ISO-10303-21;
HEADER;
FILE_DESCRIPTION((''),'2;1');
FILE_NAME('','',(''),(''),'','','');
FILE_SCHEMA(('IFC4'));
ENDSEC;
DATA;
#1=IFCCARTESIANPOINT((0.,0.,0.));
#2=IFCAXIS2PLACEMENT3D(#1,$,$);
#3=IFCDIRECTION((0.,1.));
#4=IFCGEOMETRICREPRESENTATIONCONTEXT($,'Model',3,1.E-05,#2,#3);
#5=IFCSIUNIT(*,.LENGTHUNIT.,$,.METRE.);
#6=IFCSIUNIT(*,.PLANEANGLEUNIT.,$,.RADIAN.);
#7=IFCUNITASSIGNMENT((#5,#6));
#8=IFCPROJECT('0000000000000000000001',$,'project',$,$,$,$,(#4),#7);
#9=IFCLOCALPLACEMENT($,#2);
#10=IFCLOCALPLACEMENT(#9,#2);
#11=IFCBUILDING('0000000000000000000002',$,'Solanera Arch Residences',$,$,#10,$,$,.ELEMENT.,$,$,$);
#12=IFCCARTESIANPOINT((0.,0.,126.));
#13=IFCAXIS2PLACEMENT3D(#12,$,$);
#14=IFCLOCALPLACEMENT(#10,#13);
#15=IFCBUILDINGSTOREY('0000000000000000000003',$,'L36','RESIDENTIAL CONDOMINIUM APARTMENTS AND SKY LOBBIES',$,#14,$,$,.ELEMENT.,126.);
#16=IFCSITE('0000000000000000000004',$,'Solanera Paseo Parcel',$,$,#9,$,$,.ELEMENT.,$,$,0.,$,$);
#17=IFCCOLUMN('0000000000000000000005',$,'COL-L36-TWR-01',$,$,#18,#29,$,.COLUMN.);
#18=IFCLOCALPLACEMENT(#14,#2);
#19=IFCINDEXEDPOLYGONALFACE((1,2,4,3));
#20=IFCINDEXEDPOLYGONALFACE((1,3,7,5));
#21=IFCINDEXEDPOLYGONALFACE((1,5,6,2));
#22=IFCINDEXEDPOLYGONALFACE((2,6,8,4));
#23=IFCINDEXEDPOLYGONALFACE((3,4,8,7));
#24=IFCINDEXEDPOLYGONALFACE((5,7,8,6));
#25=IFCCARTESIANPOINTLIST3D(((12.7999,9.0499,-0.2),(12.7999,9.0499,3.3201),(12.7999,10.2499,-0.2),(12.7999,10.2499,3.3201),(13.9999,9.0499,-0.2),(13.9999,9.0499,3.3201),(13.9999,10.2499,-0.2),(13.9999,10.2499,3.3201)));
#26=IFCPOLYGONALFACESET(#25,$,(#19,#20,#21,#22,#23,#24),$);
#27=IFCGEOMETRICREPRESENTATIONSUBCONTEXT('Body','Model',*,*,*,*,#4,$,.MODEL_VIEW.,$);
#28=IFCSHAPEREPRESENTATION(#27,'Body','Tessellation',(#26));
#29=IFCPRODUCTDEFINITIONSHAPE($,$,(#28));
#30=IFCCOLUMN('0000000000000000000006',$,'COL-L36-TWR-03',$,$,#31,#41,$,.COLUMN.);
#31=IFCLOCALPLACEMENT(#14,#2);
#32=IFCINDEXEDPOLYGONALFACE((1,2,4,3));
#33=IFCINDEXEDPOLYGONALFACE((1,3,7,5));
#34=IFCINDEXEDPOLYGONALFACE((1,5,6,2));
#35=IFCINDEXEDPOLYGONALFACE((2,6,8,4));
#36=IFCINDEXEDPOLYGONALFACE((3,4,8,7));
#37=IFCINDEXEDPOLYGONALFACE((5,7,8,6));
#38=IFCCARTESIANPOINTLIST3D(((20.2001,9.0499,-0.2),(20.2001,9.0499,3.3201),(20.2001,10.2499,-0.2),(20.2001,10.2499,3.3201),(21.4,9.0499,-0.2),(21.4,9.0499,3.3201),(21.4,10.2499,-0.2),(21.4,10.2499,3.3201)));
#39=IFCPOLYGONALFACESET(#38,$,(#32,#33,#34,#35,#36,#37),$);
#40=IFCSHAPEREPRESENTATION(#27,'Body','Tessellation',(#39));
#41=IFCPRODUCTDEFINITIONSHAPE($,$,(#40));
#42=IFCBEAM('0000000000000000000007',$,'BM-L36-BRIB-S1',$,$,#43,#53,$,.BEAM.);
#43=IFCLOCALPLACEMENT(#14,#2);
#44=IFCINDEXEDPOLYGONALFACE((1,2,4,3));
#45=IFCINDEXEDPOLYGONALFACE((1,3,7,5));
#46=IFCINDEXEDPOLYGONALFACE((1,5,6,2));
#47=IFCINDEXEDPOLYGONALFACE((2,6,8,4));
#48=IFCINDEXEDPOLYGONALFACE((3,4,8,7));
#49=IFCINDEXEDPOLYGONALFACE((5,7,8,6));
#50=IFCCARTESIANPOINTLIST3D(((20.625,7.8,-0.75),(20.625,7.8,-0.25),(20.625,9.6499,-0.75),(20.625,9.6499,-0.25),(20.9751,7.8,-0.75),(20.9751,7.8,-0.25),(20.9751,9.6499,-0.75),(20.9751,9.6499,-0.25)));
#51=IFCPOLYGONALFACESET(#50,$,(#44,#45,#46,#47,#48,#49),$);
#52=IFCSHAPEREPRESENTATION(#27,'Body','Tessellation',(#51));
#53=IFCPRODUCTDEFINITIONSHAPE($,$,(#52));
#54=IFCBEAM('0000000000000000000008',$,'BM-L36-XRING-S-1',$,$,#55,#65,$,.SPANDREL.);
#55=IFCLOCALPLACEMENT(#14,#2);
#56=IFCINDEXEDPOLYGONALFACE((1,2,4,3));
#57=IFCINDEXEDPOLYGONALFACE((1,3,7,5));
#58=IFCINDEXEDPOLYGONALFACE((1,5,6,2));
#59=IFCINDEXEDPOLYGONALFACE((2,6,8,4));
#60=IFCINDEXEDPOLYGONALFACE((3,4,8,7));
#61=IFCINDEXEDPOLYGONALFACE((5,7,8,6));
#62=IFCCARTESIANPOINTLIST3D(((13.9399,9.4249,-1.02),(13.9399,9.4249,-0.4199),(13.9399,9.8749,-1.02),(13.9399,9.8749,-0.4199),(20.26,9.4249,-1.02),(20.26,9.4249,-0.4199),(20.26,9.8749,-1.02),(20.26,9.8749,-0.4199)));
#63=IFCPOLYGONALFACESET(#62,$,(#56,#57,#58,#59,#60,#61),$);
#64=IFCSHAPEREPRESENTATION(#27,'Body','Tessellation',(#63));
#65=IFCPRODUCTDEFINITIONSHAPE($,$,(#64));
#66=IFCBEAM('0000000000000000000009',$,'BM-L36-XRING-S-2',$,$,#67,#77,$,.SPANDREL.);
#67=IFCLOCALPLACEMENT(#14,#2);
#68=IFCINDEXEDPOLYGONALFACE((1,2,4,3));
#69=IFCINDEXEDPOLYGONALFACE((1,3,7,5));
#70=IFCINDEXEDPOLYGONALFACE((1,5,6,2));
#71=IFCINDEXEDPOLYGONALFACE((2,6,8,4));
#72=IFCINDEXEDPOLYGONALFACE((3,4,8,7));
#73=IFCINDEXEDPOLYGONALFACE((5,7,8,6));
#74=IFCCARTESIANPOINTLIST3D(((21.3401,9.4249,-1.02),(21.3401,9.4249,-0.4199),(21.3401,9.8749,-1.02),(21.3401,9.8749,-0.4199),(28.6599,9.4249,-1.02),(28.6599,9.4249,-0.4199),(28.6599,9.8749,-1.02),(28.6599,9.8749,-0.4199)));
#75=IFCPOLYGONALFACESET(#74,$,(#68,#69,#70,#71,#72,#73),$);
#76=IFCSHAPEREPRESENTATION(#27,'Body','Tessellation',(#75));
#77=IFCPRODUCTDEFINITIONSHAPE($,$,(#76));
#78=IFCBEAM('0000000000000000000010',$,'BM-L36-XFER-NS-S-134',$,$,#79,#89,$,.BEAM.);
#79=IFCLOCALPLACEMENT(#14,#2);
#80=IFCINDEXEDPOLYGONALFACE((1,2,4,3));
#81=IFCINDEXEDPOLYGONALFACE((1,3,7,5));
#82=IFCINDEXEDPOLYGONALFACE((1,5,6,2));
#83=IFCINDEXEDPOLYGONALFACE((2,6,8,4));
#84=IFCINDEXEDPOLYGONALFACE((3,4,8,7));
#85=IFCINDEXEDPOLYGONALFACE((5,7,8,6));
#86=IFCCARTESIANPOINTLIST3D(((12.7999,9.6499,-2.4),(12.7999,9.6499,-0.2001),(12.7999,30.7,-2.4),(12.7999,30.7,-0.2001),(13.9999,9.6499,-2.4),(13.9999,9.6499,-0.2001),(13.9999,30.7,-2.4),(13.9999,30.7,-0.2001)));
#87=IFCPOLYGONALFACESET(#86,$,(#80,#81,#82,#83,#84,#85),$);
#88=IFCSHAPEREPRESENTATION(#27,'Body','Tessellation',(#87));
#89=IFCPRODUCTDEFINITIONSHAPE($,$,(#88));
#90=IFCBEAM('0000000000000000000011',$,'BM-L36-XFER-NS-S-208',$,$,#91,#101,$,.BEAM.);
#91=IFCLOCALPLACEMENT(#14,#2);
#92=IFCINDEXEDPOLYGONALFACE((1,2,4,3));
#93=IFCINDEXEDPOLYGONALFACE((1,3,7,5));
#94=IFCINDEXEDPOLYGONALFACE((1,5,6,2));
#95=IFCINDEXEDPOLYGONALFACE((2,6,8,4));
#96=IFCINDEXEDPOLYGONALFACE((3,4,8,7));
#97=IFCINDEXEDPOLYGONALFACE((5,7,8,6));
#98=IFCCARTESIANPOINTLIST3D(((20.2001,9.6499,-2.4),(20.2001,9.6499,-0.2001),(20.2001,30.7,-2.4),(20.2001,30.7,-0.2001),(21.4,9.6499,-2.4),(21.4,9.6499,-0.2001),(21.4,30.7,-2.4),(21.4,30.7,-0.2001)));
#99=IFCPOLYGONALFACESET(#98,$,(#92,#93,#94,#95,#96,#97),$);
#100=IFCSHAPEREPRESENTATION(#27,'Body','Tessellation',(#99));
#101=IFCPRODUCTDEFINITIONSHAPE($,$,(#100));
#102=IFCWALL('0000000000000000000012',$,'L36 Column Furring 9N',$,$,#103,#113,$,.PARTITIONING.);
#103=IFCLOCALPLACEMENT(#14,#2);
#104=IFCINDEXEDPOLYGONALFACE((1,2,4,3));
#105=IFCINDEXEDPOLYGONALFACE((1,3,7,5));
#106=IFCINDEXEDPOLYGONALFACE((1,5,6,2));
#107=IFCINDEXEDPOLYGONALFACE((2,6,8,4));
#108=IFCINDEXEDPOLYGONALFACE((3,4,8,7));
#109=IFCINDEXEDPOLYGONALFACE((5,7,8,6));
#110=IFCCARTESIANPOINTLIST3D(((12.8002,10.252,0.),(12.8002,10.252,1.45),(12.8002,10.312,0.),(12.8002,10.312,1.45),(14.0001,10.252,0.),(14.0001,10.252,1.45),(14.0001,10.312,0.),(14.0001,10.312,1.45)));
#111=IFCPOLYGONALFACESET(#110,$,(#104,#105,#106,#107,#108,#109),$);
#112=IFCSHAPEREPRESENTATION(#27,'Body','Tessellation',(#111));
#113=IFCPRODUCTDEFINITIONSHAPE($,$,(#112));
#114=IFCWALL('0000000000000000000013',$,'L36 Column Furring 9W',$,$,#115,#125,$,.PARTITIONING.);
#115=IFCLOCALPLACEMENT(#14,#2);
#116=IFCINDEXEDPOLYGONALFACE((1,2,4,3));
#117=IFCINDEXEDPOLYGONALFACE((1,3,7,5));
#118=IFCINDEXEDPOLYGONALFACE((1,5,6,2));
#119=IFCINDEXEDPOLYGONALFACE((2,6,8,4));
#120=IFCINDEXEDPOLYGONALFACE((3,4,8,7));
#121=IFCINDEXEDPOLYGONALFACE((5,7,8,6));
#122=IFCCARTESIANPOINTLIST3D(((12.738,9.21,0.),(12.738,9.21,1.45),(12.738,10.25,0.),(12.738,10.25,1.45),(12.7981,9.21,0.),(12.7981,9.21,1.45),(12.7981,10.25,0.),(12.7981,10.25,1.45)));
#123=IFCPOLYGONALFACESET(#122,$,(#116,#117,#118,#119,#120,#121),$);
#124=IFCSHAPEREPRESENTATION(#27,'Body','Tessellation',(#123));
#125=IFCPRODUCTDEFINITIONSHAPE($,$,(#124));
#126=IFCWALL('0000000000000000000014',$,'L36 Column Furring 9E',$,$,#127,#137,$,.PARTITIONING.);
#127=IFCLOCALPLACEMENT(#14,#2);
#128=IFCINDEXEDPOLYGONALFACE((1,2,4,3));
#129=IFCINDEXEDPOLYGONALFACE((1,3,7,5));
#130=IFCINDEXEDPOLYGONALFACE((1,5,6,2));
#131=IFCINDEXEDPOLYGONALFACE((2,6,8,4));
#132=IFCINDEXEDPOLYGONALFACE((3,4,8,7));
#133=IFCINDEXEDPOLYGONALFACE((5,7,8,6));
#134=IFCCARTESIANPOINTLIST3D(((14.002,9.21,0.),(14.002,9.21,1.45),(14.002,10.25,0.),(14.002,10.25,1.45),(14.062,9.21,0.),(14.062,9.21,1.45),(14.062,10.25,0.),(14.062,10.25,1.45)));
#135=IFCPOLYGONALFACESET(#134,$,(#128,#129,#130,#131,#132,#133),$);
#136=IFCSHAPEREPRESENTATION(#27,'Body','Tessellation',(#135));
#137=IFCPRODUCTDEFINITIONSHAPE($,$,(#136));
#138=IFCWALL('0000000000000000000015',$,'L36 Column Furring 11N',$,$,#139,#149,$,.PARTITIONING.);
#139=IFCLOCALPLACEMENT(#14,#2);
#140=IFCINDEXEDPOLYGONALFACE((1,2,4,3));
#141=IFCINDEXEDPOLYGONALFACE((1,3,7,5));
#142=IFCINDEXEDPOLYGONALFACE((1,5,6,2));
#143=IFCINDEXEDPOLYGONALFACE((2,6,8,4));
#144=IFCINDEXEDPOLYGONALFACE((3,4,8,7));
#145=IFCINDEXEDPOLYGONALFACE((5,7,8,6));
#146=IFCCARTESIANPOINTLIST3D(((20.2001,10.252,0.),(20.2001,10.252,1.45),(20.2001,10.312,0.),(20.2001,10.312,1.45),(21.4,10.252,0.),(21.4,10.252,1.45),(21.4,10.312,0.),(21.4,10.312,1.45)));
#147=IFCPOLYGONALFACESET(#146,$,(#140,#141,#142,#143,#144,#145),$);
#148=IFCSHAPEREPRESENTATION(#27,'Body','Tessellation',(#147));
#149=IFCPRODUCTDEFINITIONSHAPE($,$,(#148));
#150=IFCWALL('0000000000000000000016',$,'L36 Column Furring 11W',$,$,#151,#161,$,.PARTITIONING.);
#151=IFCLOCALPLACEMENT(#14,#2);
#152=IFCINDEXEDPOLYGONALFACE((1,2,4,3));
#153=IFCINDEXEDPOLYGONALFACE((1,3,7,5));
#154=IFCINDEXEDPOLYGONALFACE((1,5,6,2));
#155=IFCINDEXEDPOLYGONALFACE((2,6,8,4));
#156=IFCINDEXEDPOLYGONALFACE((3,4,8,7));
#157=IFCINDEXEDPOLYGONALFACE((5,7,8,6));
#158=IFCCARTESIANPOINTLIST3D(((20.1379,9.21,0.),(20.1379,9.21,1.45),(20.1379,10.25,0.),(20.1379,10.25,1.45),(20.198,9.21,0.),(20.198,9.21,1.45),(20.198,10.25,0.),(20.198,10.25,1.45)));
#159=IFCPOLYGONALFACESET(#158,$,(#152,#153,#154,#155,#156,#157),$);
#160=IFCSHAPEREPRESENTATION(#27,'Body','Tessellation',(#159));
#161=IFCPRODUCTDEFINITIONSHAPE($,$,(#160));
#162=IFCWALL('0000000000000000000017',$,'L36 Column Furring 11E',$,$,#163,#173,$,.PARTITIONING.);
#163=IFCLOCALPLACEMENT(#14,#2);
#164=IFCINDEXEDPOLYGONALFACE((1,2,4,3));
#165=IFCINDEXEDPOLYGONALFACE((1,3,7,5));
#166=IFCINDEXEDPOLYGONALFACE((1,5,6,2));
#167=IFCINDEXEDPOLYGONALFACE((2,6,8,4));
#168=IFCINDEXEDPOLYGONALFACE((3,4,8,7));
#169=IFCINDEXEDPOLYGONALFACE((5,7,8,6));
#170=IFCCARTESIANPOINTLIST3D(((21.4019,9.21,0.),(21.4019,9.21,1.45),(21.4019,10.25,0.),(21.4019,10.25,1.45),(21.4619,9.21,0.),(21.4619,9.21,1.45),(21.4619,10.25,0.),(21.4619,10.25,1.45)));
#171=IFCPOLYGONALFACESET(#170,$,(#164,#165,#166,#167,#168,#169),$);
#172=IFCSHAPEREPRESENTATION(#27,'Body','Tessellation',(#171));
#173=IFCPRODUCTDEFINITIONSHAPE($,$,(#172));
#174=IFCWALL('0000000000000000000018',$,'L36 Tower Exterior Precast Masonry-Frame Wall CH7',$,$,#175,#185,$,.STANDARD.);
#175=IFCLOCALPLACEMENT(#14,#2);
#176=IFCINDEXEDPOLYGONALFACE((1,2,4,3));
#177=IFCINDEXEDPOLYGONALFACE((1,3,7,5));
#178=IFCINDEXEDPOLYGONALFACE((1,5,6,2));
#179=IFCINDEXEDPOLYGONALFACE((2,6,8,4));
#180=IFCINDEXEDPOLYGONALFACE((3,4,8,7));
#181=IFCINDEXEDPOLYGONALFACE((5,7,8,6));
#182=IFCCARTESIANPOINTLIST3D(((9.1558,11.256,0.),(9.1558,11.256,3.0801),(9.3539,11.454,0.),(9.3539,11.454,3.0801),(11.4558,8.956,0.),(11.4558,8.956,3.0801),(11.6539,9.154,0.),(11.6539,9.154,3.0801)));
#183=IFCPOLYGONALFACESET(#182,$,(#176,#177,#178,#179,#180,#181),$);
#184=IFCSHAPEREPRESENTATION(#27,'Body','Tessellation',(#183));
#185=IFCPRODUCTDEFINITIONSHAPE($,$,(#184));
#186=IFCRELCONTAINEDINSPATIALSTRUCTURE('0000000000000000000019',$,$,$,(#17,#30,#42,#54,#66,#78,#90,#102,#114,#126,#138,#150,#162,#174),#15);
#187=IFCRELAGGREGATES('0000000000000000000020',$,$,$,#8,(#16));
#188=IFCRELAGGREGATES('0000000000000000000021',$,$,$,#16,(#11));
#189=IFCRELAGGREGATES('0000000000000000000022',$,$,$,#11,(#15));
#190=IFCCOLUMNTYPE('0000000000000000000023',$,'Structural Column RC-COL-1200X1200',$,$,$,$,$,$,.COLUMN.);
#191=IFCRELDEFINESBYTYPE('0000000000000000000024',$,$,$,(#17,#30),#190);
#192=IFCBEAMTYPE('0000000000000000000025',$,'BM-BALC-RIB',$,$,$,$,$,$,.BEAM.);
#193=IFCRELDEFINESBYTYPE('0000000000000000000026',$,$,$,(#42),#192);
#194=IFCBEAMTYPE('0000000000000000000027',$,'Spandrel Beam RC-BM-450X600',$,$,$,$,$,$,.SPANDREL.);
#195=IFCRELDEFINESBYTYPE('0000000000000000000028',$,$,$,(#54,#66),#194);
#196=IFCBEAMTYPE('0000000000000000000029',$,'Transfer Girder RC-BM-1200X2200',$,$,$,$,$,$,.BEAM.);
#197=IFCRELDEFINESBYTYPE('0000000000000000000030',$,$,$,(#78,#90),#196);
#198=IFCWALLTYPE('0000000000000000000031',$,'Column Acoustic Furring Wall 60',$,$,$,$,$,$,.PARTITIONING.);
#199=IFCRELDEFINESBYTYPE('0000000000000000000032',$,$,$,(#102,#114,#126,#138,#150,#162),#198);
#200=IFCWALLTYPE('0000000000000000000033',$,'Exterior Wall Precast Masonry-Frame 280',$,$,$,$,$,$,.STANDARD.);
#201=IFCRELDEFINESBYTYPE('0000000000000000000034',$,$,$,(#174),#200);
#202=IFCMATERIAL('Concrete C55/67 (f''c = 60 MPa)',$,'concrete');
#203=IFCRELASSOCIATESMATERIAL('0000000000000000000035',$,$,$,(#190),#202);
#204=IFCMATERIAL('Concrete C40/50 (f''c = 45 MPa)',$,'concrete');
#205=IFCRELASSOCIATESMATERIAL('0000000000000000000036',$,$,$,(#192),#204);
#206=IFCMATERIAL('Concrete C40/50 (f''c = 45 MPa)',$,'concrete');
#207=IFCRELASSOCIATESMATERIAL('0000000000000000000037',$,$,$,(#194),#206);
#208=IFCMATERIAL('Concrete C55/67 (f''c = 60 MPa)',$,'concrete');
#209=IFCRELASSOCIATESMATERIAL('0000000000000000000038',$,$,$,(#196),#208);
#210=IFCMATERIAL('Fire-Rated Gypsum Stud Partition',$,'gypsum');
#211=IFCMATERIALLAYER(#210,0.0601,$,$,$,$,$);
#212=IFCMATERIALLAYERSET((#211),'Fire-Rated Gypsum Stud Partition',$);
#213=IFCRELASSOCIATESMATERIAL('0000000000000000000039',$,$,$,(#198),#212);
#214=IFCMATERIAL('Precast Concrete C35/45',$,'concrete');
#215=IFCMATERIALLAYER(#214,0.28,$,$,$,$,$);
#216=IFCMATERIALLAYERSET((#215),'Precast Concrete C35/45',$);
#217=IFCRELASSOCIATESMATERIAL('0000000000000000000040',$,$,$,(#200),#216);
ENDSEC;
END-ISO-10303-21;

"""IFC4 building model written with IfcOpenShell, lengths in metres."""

from ifc_helpers import new_model, si_unit, direction, frame, frame_2d, origin, origin_2d, place, context, subcontext, project, spatial, rectangle, extrude, material, layer, layer_set, material_profile, profile_set, type_object, element, save


model = new_model("IFC4")

# Units and contexts
model_context = context("Model", 3, precision=1e-05, world=origin(), true_north=direction((0.0, 1.0)))
body_context = subcontext(model_context, "Body", "Model", "MODEL_VIEW")
ifc_project = project(units=[si_unit("LENGTHUNIT", "METRE"), si_unit("PLANEANGLEUNIT", "RADIAN")], contexts=[model_context])

# Site, building, storey
site_placement = place(None, origin())
site = spatial("IfcSite", under=ifc_project, at=site_placement, Name="Solanera Paseo Parcel", CompositionType="ELEMENT", RefElevation=0.0)
building_placement = place(site_placement, origin())
building = spatial("IfcBuilding", under=site, at=building_placement, Name="Solanera Arch Residences", CompositionType="ELEMENT")
storey_placement = place(building_placement, frame((0.0, 0.0, 126.0)))
storey = spatial("IfcBuildingStorey", under=building, at=storey_placement, Name="L36", Description="RESIDENTIAL CONDOMINIUM APARTMENTS AND SKY LOBBIES", CompositionType="ELEMENT", Elevation=126.0)

# Columns
ifc_material_1 = material(Name="Concrete C55/67 (f'c = 60 MPa)", Category="concrete")
ifc_material_profile_1 = material_profile(ifc_material_1, rectangle(XDim=1.2, YDim=1.2, at=origin_2d()))
ifc_profile_set_1 = profile_set([ifc_material_profile_1], Name="Concrete C55/67 (f'c = 60 MPa)")
column_type = type_object("IfcColumnType", Name="Structural Column RC-COL-1200X1200", PredefinedType="COLUMN", material=ifc_profile_set_1)
for number, where, z_axis, x_axis, name in (
    (1, (13.3999, 9.6499, -0.2), (0.0, 0.0, 1.0), (1.0, 0.0, 0.0), "COL-L36-TWR-01"),
    (2, (20.8, 9.6499, -0.2), (0.0, 0.0, 1.0), (1.0, 0.0, 0.0), "COL-L36-TWR-03"),
):
    element("IfcColumn", number, at=place(storey_placement, frame(where, z_axis=z_axis, x_axis=x_axis)), inside=storey, type_object=column_type, Name=name, PredefinedType="COLUMN", context=body_context, shape_type="SweptSolid", body=[
        extrude(rectangle(XDim=1.2, YDim=1.2, at=origin_2d()), origin(), (0.0, 0.0, 1.0), 3.52),
    ])

# Beams
ifc_material_2 = material(Name="Concrete C40/50 (f'c = 45 MPa)", Category="concrete")
ifc_material_profile_2 = material_profile(ifc_material_2, rectangle(XDim=0.3501, YDim=0.5, at=origin_2d()))
ifc_profile_set_2 = profile_set([ifc_material_profile_2], Name="Concrete C40/50 (f'c = 45 MPa)")
beam_type_1 = type_object("IfcBeamType", Name="BM-BALC-RIB", PredefinedType="BEAM", material=ifc_profile_set_2)
beam_1_placement = place(storey_placement, frame((20.8, 7.8, -0.5), z_axis=(0.0, 1.0, 0.0), x_axis=(-1.0, 0.0, 0.0)))
element("IfcBeam", 3, at=beam_1_placement, inside=storey, type_object=beam_type_1, Name="BM-L36-BRIB-S1", PredefinedType="BEAM", context=body_context, shape_type="SweptSolid", body=[
    extrude(rectangle(XDim=0.3501, YDim=0.5, at=origin_2d()), origin(), (0.0, 0.0, 1.0), 1.8499),
])
ifc_material_3 = material(Name="Concrete C40/50 (f'c = 45 MPa)", Category="concrete")
ifc_material_profile_3 = material_profile(ifc_material_3, rectangle(XDim=0.45, YDim=0.6001, at=origin_2d()))
ifc_profile_set_3 = profile_set([ifc_material_profile_3], Name="Concrete C40/50 (f'c = 45 MPa)")
beam_type_2 = type_object("IfcBeamType", Name="Spandrel Beam RC-BM-450X600", PredefinedType="SPANDREL", material=ifc_profile_set_3)
beam_2_placement = place(storey_placement, frame((13.9399, 9.6499, -0.72), z_axis=(1.0, 0.0, 0.0), x_axis=(0.0, 1.0, 0.0)))
element("IfcBeam", 4, at=beam_2_placement, inside=storey, type_object=beam_type_2, Name="BM-L36-XRING-S-1", PredefinedType="SPANDREL", context=body_context, shape_type="SweptSolid", body=[
    extrude(rectangle(XDim=0.45, YDim=0.6001, at=origin_2d()), origin(), (0.0, 0.0, 1.0), 6.3201),
])
beam_3_placement = place(storey_placement, frame((21.3401, 9.6499, -0.72), z_axis=(1.0, 0.0, 0.0), x_axis=(0.0, 1.0, 0.0)))
element("IfcBeam", 5, at=beam_3_placement, inside=storey, type_object=beam_type_2, Name="BM-L36-XRING-S-2", PredefinedType="SPANDREL", context=body_context, shape_type="SweptSolid", body=[
    extrude(rectangle(XDim=0.45, YDim=0.6001, at=origin_2d()), origin(), (0.0, 0.0, 1.0), 7.3198),
])
ifc_material_4 = material(Name="Concrete C55/67 (f'c = 60 MPa)", Category="concrete")
ifc_material_profile_4 = material_profile(ifc_material_4, rectangle(XDim=1.2, YDim=2.2, at=origin_2d()))
ifc_profile_set_4 = profile_set([ifc_material_profile_4], Name="Concrete C55/67 (f'c = 60 MPa)")
beam_type_3 = type_object("IfcBeamType", Name="Transfer Girder RC-BM-1200X2200", PredefinedType="BEAM", material=ifc_profile_set_4)
for number, where, z_axis, x_axis, name in (
    (6, (13.3999, 9.6499, -1.3), (0.0, 1.0, 0.0), (-1.0, 0.0, 0.0), "BM-L36-XFER-NS-S-134"),
    (7, (20.8, 9.6499, -1.3), (0.0, 1.0, 0.0), (-1.0, 0.0, 0.0), "BM-L36-XFER-NS-S-208"),
):
    element("IfcBeam", number, at=place(storey_placement, frame(where, z_axis=z_axis, x_axis=x_axis)), inside=storey, type_object=beam_type_3, Name=name, PredefinedType="BEAM", context=body_context, shape_type="SweptSolid", body=[
        extrude(rectangle(XDim=1.2, YDim=2.2, at=origin_2d()), origin(), (0.0, 0.0, 1.0), 21.05),
    ])

# Walls
ifc_material_5 = material(Name="Fire-Rated Gypsum Stud Partition", Category="gypsum")
ifc_layer_1 = layer(ifc_material_5, 0.0601)
ifc_layer_set_1 = layer_set([ifc_layer_1], Name="Fire-Rated Gypsum Stud Partition")
wall_type_1 = type_object("IfcWallType", Name="Column Acoustic Furring Wall 60", PredefinedType="PARTITIONING", material=ifc_layer_set_1)
wall_1_placement = place(storey_placement, frame((12.8, 10.282, 0.0), z_axis=(0.0, 0.0, 1.0), x_axis=(1.0, 0.0, 0.0)))
element("IfcWall", 8, at=wall_1_placement, inside=storey, type_object=wall_type_1, Name="L36 Column Furring 9N", PredefinedType="PARTITIONING", context=body_context, shape_type="SweptSolid", body=[
    extrude(rectangle(XDim=1.2, YDim=0.0601, at=frame_2d((0.6001, 0.0))), origin(), (0.0, 0.0, 1.0), 1.45),
])
for number, where, z_axis, x_axis, name in (
    (9, (12.7681, 9.21, 0.0), (0.0, 0.0, 1.0), (0.0, 1.0, 0.0), "L36 Column Furring 9W"),
    (10, (14.032, 9.21, 0.0), (0.0, 0.0, 1.0), (0.0, 1.0, 0.0), "L36 Column Furring 9E"),
):
    element("IfcWall", number, at=place(storey_placement, frame(where, z_axis=z_axis, x_axis=x_axis)), inside=storey, type_object=wall_type_1, Name=name, PredefinedType="PARTITIONING", context=body_context, shape_type="SweptSolid", body=[
        extrude(rectangle(XDim=1.04, YDim=0.0601, at=frame_2d((0.52, 0.0))), origin(), (0.0, 0.0, 1.0), 1.45),
    ])
wall_2_placement = place(storey_placement, frame((20.2, 10.282, 0.0), z_axis=(0.0, 0.0, 1.0), x_axis=(1.0, 0.0, 0.0)))
element("IfcWall", 11, at=wall_2_placement, inside=storey, type_object=wall_type_1, Name="L36 Column Furring 11N", PredefinedType="PARTITIONING", context=body_context, shape_type="SweptSolid", body=[
    extrude(rectangle(XDim=1.2, YDim=0.0601, at=frame_2d((0.6001, 0.0))), origin(), (0.0, 0.0, 1.0), 1.45),
])
for number, where, z_axis, x_axis, name in (
    (12, (20.168, 9.21, 0.0), (0.0, 0.0, 1.0), (0.0, 1.0, 0.0), "L36 Column Furring 11W"),
    (13, (21.4319, 9.21, 0.0), (0.0, 0.0, 1.0), (0.0, 1.0, 0.0), "L36 Column Furring 11E"),
):
    element("IfcWall", number, at=place(storey_placement, frame(where, z_axis=z_axis, x_axis=x_axis)), inside=storey, type_object=wall_type_1, Name=name, PredefinedType="PARTITIONING", context=body_context, shape_type="SweptSolid", body=[
        extrude(rectangle(XDim=1.04, YDim=0.0601, at=frame_2d((0.52, 0.0))), origin(), (0.0, 0.0, 1.0), 1.45),
    ])
ifc_material_6 = material(Name="Precast Concrete C35/45", Category="concrete")
ifc_layer_2 = layer(ifc_material_6, 0.28)
ifc_layer_set_2 = layer_set([ifc_layer_2], Name="Precast Concrete C35/45")
wall_type_2 = type_object("IfcWallType", Name="Exterior Wall Precast Masonry-Frame 280", PredefinedType="STANDARD", material=ifc_layer_set_2)
wall_3_placement = place(storey_placement, frame((11.5549, 9.0549, 0.0), z_axis=(0.0, 0.0, 1.0), x_axis=(-0.707107, 0.707107, 0.0)))
element("IfcWall", 14, at=wall_3_placement, inside=storey, type_object=wall_type_2, Name="L36 Tower Exterior Precast Masonry-Frame Wall CH7", PredefinedType="STANDARD", context=body_context, shape_type="SweptSolid", body=[
    extrude(rectangle(XDim=3.2527, YDim=0.28, at=frame_2d((1.6265, 0.0))), origin(), (0.0, 0.0, 1.0), 3.0801),
])

save(model, "model.ifc")
